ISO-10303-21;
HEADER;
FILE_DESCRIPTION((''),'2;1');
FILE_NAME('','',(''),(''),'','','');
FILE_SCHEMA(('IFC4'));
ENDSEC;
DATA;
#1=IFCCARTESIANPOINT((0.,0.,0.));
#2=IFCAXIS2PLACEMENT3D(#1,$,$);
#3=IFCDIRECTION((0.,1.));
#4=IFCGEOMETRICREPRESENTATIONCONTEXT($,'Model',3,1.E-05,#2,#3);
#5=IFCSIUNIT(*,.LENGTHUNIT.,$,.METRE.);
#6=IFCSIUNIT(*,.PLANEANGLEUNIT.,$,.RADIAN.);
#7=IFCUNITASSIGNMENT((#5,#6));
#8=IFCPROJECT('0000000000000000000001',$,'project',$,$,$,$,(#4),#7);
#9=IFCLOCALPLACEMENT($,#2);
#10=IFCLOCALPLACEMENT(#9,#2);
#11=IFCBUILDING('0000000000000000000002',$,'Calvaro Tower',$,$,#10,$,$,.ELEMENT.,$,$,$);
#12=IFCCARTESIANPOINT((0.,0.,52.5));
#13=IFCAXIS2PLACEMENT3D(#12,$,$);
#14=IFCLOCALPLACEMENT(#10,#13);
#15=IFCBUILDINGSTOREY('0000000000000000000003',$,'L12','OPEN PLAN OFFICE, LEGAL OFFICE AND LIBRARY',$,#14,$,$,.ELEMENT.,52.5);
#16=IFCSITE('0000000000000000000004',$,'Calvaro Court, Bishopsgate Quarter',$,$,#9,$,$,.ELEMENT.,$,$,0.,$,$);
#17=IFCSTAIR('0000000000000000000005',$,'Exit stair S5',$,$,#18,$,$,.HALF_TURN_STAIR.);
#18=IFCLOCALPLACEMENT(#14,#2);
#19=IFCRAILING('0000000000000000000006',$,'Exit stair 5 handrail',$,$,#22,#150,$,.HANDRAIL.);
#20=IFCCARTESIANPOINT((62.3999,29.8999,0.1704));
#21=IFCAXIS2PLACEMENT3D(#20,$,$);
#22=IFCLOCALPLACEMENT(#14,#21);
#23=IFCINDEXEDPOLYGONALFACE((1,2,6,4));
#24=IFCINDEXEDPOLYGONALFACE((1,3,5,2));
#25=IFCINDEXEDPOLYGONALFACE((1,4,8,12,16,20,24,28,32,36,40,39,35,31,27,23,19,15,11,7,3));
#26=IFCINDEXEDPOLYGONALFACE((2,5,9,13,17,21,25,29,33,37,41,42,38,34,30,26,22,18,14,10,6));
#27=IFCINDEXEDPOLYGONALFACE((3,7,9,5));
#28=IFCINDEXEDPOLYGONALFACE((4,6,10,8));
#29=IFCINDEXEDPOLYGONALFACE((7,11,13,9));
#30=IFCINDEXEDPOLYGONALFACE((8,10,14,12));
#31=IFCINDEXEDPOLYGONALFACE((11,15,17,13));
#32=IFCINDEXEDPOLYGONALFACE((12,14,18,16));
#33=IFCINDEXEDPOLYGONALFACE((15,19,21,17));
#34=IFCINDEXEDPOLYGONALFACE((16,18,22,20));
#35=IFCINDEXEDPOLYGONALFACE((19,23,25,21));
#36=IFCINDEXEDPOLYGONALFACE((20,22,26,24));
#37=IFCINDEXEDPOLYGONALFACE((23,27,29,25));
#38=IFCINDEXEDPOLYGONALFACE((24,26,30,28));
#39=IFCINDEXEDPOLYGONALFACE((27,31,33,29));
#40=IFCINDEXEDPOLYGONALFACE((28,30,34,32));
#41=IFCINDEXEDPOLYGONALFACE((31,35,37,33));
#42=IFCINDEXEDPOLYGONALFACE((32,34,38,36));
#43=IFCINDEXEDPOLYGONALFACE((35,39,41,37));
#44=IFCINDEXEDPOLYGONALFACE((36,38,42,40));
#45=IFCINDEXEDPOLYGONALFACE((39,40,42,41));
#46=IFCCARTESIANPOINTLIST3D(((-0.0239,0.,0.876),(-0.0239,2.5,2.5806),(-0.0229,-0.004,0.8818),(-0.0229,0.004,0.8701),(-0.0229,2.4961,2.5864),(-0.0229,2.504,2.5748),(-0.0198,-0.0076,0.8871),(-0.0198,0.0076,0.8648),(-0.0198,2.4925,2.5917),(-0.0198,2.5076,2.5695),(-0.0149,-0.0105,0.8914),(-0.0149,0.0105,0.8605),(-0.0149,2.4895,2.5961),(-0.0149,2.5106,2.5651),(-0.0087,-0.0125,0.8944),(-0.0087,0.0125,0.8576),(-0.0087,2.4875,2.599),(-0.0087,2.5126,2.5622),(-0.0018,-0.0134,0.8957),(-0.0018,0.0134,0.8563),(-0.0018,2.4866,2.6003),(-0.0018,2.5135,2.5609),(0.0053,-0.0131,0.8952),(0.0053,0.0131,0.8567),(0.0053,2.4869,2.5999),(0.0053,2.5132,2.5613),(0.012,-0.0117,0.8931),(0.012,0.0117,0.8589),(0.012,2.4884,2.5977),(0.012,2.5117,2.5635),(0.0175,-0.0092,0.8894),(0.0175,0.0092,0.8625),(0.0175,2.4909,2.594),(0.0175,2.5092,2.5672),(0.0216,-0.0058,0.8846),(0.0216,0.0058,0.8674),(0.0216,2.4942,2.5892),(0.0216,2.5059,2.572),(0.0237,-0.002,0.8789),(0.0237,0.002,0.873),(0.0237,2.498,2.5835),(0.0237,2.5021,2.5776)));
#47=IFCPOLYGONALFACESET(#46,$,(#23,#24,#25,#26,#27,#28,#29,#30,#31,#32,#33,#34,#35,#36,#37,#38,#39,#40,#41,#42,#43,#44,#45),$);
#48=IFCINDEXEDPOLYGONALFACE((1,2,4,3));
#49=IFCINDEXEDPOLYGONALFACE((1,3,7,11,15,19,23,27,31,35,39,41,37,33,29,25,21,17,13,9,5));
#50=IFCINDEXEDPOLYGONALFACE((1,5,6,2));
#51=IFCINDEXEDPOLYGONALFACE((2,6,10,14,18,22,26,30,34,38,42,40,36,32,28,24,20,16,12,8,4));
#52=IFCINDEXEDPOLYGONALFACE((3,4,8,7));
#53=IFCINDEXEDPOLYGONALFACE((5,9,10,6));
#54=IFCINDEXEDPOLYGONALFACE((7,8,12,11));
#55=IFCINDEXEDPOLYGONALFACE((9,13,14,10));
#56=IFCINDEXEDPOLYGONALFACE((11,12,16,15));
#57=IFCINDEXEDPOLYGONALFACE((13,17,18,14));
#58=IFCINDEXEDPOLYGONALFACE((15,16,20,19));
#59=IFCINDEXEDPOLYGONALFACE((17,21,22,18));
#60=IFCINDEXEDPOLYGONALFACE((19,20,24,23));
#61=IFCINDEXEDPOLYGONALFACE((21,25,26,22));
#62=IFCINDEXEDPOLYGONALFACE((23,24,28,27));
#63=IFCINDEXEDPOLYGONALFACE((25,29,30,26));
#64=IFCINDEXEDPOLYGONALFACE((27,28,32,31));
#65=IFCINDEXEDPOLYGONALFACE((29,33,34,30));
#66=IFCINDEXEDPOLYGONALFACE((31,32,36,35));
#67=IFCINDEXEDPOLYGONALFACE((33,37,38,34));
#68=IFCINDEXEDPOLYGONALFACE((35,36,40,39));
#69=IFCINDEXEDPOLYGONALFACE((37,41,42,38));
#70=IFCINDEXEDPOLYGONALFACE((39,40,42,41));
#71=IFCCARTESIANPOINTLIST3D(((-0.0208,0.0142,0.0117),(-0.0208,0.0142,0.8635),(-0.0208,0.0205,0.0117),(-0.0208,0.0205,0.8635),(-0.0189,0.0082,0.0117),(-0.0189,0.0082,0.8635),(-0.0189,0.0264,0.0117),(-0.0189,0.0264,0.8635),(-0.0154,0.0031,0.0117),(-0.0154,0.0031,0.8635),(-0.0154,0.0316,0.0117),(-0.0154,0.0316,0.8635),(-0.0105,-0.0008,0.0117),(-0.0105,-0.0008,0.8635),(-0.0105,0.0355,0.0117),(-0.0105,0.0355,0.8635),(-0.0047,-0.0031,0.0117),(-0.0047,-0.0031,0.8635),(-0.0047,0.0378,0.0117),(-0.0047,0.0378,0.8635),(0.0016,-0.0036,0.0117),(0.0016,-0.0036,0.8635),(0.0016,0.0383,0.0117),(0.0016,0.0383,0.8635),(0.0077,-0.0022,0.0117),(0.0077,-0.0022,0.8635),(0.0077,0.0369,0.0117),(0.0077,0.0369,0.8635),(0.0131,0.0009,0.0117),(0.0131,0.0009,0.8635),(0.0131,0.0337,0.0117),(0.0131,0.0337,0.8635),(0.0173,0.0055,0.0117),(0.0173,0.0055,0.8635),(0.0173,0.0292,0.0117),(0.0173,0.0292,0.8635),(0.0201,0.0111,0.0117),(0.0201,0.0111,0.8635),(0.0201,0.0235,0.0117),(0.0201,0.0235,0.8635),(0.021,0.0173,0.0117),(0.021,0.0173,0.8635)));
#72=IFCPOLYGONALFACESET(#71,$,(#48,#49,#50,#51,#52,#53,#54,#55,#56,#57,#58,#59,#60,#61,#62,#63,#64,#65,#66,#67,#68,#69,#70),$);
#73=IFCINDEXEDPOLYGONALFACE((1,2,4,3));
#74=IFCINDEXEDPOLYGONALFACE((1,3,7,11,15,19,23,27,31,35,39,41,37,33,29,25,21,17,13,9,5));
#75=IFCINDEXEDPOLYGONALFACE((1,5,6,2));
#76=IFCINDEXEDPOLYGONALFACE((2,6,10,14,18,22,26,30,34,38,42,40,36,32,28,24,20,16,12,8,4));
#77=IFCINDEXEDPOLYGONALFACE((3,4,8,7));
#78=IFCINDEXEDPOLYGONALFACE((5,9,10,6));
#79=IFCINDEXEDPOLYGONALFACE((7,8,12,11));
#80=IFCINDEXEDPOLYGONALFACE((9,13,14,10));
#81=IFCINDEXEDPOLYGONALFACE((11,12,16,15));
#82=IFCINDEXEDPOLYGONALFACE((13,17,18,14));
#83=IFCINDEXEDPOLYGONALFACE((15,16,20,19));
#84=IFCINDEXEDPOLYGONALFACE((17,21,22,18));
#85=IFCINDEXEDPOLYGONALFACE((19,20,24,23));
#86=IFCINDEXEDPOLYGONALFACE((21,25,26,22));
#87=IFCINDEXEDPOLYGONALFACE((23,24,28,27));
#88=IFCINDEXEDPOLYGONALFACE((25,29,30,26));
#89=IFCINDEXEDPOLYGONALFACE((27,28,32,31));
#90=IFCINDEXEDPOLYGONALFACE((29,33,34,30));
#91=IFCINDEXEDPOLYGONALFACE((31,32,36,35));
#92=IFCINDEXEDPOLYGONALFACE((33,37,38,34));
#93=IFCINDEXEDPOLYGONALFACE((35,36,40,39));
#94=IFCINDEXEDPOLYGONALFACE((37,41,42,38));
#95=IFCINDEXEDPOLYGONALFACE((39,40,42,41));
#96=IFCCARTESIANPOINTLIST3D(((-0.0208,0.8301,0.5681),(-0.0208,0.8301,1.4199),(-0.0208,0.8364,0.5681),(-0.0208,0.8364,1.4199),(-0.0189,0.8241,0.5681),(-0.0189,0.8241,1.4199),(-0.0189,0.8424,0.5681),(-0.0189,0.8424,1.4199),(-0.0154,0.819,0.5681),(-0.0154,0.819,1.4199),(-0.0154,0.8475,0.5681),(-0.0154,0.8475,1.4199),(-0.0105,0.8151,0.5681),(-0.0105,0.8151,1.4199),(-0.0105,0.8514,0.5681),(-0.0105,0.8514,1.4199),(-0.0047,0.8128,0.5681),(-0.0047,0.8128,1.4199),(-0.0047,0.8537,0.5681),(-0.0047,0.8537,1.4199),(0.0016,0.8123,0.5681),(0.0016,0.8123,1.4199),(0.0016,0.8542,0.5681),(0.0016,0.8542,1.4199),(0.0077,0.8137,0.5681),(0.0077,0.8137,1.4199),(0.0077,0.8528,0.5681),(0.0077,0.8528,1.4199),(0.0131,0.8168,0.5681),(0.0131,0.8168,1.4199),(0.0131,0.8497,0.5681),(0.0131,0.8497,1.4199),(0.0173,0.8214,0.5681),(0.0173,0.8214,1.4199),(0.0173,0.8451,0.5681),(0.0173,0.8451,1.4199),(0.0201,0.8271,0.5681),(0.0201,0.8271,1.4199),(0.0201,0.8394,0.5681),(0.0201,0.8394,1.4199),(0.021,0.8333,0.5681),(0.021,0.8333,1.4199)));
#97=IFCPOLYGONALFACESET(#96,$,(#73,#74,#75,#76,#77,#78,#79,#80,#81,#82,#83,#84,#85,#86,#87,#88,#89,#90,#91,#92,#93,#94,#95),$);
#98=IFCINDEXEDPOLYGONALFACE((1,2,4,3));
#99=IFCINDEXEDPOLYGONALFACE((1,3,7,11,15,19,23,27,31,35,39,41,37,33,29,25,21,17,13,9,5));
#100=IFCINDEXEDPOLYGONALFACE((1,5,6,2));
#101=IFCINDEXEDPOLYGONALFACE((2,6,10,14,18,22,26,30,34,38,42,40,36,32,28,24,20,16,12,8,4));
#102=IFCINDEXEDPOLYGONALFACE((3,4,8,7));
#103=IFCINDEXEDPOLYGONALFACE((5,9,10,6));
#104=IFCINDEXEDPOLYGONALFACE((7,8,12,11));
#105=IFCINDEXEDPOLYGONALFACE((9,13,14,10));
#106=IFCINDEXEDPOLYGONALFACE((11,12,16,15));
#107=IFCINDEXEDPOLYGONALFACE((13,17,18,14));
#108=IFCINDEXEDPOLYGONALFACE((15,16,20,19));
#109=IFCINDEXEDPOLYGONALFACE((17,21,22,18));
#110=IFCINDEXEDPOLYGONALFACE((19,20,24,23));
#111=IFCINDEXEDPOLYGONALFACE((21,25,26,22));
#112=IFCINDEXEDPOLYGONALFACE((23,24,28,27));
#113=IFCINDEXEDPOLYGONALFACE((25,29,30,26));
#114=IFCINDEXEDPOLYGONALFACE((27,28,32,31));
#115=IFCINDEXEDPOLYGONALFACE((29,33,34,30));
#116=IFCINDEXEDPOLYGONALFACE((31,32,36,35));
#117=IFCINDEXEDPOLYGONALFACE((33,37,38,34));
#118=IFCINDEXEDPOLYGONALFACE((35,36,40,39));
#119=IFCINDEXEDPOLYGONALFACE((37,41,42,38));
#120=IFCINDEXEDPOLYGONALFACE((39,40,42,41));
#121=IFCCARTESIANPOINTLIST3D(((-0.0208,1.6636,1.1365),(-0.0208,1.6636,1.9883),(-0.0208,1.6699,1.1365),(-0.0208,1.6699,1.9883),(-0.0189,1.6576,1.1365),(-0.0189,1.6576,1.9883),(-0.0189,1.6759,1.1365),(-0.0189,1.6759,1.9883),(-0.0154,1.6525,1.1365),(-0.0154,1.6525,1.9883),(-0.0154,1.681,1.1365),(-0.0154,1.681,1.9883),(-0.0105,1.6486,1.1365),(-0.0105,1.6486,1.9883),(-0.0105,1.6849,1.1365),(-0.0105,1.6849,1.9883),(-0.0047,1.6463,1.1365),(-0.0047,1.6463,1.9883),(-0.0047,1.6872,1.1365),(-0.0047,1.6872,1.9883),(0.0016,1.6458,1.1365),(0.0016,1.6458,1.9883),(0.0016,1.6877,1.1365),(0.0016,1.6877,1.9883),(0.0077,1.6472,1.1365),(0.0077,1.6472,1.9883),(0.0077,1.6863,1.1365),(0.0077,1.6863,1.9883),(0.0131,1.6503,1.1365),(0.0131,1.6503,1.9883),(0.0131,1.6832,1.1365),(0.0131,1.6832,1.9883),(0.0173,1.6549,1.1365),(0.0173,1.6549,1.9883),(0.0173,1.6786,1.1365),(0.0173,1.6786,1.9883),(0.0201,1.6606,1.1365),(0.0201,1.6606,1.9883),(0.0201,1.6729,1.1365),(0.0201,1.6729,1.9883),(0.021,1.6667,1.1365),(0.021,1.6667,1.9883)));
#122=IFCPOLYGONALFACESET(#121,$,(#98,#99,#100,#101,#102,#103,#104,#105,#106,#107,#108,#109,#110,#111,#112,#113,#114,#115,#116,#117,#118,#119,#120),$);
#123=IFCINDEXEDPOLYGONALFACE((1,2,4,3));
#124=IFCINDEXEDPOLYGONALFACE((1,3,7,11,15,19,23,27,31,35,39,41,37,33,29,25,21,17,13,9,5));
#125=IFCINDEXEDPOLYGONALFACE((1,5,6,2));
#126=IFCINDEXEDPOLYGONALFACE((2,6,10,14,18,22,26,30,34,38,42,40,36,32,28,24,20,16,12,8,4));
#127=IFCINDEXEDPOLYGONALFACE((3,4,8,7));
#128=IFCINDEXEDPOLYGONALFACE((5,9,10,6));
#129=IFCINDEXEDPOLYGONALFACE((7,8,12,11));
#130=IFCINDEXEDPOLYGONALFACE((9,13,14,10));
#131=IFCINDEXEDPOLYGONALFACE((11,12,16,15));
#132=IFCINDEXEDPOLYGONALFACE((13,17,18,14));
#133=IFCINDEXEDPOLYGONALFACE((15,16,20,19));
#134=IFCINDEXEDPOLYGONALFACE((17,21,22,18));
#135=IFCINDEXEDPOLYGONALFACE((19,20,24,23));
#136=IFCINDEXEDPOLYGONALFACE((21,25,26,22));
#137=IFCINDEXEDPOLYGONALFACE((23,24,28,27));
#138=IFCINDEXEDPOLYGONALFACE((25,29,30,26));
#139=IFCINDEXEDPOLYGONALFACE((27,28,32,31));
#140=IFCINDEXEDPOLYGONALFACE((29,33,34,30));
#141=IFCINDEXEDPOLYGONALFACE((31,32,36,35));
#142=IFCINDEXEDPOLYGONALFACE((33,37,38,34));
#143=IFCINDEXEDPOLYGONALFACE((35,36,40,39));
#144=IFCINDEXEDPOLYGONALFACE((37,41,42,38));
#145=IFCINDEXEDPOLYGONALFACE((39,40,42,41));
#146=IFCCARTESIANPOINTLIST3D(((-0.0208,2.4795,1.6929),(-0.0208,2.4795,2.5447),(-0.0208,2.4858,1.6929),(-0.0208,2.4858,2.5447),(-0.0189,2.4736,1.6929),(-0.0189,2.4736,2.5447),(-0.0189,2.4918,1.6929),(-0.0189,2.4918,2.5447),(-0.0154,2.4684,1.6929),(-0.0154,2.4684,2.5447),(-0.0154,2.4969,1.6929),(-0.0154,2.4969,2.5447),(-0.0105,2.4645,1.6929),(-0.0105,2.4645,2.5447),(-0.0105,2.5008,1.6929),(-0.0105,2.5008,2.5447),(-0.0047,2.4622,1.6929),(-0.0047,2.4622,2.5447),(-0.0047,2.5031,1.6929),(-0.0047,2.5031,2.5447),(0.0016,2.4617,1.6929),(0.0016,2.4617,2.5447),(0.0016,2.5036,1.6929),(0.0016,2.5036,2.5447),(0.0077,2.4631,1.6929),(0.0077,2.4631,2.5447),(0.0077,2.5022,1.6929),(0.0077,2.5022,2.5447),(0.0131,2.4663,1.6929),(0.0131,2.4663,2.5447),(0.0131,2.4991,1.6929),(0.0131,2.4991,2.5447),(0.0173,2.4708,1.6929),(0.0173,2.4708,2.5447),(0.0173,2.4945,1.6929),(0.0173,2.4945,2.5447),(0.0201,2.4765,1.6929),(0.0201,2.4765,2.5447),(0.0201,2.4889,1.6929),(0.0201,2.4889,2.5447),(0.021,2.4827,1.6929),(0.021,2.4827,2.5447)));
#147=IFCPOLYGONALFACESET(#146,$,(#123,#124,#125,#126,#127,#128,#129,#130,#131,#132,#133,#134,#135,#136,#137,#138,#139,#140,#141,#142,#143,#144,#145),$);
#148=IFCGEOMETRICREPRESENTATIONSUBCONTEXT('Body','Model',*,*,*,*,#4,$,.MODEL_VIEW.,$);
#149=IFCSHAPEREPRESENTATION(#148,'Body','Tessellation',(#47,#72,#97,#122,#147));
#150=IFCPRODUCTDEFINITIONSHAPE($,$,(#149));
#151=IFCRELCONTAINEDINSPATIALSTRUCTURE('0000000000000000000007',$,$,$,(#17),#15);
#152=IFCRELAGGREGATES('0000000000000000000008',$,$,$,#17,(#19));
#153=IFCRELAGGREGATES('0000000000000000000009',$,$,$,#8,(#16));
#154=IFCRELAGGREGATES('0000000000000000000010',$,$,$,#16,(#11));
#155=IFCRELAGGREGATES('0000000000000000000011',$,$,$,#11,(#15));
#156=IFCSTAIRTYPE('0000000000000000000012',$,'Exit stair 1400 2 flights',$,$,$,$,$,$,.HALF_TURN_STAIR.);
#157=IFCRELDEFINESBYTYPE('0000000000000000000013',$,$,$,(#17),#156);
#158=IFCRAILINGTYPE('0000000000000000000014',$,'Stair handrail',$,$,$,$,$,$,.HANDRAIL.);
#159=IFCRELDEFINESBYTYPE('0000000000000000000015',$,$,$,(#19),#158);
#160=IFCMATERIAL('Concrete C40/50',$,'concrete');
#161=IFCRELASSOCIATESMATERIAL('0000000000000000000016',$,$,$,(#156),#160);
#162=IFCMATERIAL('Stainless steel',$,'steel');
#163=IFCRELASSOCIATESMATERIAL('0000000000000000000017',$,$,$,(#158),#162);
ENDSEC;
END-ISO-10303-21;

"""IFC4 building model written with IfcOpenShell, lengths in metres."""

from ifc_helpers import new_model, si_unit, direction, frame, origin, origin_2d, place, context, subcontext, project, spatial, circle, extrude, material, type_object, element, aggregate, save


model = new_model("IFC4")

# Units and contexts
model_context = context("Model", 3, precision=1e-05, world=origin(), true_north=direction((0.0, 1.0)))
body_context = subcontext(model_context, "Body", "Model", "MODEL_VIEW")
ifc_project = project(units=[si_unit("LENGTHUNIT", "METRE"), si_unit("PLANEANGLEUNIT", "RADIAN")], contexts=[model_context])

# Site, building, storey
site_placement = place(None, origin())
site = spatial("IfcSite", under=ifc_project, at=site_placement, Name="Calvaro Court, Bishopsgate Quarter", CompositionType="ELEMENT", RefElevation=0.0)
building_placement = place(site_placement, origin())
building = spatial("IfcBuilding", under=site, at=building_placement, Name="Calvaro Tower", CompositionType="ELEMENT")
storey_placement = place(building_placement, frame((0.0, 0.0, 52.5)))
storey = spatial("IfcBuildingStorey", under=building, at=storey_placement, Name="L12", Description="OPEN PLAN OFFICE, LEGAL OFFICE AND LIBRARY", CompositionType="ELEMENT", Elevation=52.5)

# Stair
ifc_material_1 = material(Name="Concrete C40/50", Category="concrete")
stair_type = type_object("IfcStairType", Name="Exit stair 1400 2 flights", PredefinedType="HALF_TURN_STAIR", material=ifc_material_1)
stair_1_placement = place(storey_placement, origin())
stair_1 = element("IfcStair", 1, at=stair_1_placement, inside=storey, type_object=stair_type, Name="Exit stair S5", PredefinedType="HALF_TURN_STAIR")

# Shared definitions
ifc_material_2 = material(Name="Stainless steel", Category="steel")
railing_type = type_object("IfcRailingType", Name="Stair handrail", PredefinedType="HANDRAIL", material=ifc_material_2)

# Railing
railing_1_placement = place(storey_placement, frame((62.3999, 29.8999, 0.1704)))
railing_1 = element("IfcRailing", 2, at=railing_1_placement, type_object=railing_type, Name="Exit stair 5 handrail", PredefinedType="HANDRAIL", context=body_context, shape_type="SweptSolid", body=[
    extrude(circle(Radius=0.0239, at=origin_2d()), frame((0.0, 0.0, 0.876), z_axis=(0.0, 0.826221, 0.563347), x_axis=(-1.0, 0.0, 0.0)), (0.0, 0.0, 1.0), 3.0259),
    extrude(circle(Radius=0.021, at=origin_2d()), frame((0.0, 0.0173, 0.0117)), (0.0, 0.0, 1.0), 0.8518),
    extrude(circle(Radius=0.021, at=origin_2d()), frame((0.0, 0.8333, 0.5681)), (0.0, 0.0, 1.0), 0.8518),
    extrude(circle(Radius=0.021, at=origin_2d()), frame((0.0, 1.6667, 1.1365)), (0.0, 0.0, 1.0), 0.8518),
    extrude(circle(Radius=0.021, at=origin_2d()), frame((0.0, 2.4827, 1.6929)), (0.0, 0.0, 1.0), 0.8518),
])
aggregate(stair_1, [railing_1])

save(model, "model.ifc")
